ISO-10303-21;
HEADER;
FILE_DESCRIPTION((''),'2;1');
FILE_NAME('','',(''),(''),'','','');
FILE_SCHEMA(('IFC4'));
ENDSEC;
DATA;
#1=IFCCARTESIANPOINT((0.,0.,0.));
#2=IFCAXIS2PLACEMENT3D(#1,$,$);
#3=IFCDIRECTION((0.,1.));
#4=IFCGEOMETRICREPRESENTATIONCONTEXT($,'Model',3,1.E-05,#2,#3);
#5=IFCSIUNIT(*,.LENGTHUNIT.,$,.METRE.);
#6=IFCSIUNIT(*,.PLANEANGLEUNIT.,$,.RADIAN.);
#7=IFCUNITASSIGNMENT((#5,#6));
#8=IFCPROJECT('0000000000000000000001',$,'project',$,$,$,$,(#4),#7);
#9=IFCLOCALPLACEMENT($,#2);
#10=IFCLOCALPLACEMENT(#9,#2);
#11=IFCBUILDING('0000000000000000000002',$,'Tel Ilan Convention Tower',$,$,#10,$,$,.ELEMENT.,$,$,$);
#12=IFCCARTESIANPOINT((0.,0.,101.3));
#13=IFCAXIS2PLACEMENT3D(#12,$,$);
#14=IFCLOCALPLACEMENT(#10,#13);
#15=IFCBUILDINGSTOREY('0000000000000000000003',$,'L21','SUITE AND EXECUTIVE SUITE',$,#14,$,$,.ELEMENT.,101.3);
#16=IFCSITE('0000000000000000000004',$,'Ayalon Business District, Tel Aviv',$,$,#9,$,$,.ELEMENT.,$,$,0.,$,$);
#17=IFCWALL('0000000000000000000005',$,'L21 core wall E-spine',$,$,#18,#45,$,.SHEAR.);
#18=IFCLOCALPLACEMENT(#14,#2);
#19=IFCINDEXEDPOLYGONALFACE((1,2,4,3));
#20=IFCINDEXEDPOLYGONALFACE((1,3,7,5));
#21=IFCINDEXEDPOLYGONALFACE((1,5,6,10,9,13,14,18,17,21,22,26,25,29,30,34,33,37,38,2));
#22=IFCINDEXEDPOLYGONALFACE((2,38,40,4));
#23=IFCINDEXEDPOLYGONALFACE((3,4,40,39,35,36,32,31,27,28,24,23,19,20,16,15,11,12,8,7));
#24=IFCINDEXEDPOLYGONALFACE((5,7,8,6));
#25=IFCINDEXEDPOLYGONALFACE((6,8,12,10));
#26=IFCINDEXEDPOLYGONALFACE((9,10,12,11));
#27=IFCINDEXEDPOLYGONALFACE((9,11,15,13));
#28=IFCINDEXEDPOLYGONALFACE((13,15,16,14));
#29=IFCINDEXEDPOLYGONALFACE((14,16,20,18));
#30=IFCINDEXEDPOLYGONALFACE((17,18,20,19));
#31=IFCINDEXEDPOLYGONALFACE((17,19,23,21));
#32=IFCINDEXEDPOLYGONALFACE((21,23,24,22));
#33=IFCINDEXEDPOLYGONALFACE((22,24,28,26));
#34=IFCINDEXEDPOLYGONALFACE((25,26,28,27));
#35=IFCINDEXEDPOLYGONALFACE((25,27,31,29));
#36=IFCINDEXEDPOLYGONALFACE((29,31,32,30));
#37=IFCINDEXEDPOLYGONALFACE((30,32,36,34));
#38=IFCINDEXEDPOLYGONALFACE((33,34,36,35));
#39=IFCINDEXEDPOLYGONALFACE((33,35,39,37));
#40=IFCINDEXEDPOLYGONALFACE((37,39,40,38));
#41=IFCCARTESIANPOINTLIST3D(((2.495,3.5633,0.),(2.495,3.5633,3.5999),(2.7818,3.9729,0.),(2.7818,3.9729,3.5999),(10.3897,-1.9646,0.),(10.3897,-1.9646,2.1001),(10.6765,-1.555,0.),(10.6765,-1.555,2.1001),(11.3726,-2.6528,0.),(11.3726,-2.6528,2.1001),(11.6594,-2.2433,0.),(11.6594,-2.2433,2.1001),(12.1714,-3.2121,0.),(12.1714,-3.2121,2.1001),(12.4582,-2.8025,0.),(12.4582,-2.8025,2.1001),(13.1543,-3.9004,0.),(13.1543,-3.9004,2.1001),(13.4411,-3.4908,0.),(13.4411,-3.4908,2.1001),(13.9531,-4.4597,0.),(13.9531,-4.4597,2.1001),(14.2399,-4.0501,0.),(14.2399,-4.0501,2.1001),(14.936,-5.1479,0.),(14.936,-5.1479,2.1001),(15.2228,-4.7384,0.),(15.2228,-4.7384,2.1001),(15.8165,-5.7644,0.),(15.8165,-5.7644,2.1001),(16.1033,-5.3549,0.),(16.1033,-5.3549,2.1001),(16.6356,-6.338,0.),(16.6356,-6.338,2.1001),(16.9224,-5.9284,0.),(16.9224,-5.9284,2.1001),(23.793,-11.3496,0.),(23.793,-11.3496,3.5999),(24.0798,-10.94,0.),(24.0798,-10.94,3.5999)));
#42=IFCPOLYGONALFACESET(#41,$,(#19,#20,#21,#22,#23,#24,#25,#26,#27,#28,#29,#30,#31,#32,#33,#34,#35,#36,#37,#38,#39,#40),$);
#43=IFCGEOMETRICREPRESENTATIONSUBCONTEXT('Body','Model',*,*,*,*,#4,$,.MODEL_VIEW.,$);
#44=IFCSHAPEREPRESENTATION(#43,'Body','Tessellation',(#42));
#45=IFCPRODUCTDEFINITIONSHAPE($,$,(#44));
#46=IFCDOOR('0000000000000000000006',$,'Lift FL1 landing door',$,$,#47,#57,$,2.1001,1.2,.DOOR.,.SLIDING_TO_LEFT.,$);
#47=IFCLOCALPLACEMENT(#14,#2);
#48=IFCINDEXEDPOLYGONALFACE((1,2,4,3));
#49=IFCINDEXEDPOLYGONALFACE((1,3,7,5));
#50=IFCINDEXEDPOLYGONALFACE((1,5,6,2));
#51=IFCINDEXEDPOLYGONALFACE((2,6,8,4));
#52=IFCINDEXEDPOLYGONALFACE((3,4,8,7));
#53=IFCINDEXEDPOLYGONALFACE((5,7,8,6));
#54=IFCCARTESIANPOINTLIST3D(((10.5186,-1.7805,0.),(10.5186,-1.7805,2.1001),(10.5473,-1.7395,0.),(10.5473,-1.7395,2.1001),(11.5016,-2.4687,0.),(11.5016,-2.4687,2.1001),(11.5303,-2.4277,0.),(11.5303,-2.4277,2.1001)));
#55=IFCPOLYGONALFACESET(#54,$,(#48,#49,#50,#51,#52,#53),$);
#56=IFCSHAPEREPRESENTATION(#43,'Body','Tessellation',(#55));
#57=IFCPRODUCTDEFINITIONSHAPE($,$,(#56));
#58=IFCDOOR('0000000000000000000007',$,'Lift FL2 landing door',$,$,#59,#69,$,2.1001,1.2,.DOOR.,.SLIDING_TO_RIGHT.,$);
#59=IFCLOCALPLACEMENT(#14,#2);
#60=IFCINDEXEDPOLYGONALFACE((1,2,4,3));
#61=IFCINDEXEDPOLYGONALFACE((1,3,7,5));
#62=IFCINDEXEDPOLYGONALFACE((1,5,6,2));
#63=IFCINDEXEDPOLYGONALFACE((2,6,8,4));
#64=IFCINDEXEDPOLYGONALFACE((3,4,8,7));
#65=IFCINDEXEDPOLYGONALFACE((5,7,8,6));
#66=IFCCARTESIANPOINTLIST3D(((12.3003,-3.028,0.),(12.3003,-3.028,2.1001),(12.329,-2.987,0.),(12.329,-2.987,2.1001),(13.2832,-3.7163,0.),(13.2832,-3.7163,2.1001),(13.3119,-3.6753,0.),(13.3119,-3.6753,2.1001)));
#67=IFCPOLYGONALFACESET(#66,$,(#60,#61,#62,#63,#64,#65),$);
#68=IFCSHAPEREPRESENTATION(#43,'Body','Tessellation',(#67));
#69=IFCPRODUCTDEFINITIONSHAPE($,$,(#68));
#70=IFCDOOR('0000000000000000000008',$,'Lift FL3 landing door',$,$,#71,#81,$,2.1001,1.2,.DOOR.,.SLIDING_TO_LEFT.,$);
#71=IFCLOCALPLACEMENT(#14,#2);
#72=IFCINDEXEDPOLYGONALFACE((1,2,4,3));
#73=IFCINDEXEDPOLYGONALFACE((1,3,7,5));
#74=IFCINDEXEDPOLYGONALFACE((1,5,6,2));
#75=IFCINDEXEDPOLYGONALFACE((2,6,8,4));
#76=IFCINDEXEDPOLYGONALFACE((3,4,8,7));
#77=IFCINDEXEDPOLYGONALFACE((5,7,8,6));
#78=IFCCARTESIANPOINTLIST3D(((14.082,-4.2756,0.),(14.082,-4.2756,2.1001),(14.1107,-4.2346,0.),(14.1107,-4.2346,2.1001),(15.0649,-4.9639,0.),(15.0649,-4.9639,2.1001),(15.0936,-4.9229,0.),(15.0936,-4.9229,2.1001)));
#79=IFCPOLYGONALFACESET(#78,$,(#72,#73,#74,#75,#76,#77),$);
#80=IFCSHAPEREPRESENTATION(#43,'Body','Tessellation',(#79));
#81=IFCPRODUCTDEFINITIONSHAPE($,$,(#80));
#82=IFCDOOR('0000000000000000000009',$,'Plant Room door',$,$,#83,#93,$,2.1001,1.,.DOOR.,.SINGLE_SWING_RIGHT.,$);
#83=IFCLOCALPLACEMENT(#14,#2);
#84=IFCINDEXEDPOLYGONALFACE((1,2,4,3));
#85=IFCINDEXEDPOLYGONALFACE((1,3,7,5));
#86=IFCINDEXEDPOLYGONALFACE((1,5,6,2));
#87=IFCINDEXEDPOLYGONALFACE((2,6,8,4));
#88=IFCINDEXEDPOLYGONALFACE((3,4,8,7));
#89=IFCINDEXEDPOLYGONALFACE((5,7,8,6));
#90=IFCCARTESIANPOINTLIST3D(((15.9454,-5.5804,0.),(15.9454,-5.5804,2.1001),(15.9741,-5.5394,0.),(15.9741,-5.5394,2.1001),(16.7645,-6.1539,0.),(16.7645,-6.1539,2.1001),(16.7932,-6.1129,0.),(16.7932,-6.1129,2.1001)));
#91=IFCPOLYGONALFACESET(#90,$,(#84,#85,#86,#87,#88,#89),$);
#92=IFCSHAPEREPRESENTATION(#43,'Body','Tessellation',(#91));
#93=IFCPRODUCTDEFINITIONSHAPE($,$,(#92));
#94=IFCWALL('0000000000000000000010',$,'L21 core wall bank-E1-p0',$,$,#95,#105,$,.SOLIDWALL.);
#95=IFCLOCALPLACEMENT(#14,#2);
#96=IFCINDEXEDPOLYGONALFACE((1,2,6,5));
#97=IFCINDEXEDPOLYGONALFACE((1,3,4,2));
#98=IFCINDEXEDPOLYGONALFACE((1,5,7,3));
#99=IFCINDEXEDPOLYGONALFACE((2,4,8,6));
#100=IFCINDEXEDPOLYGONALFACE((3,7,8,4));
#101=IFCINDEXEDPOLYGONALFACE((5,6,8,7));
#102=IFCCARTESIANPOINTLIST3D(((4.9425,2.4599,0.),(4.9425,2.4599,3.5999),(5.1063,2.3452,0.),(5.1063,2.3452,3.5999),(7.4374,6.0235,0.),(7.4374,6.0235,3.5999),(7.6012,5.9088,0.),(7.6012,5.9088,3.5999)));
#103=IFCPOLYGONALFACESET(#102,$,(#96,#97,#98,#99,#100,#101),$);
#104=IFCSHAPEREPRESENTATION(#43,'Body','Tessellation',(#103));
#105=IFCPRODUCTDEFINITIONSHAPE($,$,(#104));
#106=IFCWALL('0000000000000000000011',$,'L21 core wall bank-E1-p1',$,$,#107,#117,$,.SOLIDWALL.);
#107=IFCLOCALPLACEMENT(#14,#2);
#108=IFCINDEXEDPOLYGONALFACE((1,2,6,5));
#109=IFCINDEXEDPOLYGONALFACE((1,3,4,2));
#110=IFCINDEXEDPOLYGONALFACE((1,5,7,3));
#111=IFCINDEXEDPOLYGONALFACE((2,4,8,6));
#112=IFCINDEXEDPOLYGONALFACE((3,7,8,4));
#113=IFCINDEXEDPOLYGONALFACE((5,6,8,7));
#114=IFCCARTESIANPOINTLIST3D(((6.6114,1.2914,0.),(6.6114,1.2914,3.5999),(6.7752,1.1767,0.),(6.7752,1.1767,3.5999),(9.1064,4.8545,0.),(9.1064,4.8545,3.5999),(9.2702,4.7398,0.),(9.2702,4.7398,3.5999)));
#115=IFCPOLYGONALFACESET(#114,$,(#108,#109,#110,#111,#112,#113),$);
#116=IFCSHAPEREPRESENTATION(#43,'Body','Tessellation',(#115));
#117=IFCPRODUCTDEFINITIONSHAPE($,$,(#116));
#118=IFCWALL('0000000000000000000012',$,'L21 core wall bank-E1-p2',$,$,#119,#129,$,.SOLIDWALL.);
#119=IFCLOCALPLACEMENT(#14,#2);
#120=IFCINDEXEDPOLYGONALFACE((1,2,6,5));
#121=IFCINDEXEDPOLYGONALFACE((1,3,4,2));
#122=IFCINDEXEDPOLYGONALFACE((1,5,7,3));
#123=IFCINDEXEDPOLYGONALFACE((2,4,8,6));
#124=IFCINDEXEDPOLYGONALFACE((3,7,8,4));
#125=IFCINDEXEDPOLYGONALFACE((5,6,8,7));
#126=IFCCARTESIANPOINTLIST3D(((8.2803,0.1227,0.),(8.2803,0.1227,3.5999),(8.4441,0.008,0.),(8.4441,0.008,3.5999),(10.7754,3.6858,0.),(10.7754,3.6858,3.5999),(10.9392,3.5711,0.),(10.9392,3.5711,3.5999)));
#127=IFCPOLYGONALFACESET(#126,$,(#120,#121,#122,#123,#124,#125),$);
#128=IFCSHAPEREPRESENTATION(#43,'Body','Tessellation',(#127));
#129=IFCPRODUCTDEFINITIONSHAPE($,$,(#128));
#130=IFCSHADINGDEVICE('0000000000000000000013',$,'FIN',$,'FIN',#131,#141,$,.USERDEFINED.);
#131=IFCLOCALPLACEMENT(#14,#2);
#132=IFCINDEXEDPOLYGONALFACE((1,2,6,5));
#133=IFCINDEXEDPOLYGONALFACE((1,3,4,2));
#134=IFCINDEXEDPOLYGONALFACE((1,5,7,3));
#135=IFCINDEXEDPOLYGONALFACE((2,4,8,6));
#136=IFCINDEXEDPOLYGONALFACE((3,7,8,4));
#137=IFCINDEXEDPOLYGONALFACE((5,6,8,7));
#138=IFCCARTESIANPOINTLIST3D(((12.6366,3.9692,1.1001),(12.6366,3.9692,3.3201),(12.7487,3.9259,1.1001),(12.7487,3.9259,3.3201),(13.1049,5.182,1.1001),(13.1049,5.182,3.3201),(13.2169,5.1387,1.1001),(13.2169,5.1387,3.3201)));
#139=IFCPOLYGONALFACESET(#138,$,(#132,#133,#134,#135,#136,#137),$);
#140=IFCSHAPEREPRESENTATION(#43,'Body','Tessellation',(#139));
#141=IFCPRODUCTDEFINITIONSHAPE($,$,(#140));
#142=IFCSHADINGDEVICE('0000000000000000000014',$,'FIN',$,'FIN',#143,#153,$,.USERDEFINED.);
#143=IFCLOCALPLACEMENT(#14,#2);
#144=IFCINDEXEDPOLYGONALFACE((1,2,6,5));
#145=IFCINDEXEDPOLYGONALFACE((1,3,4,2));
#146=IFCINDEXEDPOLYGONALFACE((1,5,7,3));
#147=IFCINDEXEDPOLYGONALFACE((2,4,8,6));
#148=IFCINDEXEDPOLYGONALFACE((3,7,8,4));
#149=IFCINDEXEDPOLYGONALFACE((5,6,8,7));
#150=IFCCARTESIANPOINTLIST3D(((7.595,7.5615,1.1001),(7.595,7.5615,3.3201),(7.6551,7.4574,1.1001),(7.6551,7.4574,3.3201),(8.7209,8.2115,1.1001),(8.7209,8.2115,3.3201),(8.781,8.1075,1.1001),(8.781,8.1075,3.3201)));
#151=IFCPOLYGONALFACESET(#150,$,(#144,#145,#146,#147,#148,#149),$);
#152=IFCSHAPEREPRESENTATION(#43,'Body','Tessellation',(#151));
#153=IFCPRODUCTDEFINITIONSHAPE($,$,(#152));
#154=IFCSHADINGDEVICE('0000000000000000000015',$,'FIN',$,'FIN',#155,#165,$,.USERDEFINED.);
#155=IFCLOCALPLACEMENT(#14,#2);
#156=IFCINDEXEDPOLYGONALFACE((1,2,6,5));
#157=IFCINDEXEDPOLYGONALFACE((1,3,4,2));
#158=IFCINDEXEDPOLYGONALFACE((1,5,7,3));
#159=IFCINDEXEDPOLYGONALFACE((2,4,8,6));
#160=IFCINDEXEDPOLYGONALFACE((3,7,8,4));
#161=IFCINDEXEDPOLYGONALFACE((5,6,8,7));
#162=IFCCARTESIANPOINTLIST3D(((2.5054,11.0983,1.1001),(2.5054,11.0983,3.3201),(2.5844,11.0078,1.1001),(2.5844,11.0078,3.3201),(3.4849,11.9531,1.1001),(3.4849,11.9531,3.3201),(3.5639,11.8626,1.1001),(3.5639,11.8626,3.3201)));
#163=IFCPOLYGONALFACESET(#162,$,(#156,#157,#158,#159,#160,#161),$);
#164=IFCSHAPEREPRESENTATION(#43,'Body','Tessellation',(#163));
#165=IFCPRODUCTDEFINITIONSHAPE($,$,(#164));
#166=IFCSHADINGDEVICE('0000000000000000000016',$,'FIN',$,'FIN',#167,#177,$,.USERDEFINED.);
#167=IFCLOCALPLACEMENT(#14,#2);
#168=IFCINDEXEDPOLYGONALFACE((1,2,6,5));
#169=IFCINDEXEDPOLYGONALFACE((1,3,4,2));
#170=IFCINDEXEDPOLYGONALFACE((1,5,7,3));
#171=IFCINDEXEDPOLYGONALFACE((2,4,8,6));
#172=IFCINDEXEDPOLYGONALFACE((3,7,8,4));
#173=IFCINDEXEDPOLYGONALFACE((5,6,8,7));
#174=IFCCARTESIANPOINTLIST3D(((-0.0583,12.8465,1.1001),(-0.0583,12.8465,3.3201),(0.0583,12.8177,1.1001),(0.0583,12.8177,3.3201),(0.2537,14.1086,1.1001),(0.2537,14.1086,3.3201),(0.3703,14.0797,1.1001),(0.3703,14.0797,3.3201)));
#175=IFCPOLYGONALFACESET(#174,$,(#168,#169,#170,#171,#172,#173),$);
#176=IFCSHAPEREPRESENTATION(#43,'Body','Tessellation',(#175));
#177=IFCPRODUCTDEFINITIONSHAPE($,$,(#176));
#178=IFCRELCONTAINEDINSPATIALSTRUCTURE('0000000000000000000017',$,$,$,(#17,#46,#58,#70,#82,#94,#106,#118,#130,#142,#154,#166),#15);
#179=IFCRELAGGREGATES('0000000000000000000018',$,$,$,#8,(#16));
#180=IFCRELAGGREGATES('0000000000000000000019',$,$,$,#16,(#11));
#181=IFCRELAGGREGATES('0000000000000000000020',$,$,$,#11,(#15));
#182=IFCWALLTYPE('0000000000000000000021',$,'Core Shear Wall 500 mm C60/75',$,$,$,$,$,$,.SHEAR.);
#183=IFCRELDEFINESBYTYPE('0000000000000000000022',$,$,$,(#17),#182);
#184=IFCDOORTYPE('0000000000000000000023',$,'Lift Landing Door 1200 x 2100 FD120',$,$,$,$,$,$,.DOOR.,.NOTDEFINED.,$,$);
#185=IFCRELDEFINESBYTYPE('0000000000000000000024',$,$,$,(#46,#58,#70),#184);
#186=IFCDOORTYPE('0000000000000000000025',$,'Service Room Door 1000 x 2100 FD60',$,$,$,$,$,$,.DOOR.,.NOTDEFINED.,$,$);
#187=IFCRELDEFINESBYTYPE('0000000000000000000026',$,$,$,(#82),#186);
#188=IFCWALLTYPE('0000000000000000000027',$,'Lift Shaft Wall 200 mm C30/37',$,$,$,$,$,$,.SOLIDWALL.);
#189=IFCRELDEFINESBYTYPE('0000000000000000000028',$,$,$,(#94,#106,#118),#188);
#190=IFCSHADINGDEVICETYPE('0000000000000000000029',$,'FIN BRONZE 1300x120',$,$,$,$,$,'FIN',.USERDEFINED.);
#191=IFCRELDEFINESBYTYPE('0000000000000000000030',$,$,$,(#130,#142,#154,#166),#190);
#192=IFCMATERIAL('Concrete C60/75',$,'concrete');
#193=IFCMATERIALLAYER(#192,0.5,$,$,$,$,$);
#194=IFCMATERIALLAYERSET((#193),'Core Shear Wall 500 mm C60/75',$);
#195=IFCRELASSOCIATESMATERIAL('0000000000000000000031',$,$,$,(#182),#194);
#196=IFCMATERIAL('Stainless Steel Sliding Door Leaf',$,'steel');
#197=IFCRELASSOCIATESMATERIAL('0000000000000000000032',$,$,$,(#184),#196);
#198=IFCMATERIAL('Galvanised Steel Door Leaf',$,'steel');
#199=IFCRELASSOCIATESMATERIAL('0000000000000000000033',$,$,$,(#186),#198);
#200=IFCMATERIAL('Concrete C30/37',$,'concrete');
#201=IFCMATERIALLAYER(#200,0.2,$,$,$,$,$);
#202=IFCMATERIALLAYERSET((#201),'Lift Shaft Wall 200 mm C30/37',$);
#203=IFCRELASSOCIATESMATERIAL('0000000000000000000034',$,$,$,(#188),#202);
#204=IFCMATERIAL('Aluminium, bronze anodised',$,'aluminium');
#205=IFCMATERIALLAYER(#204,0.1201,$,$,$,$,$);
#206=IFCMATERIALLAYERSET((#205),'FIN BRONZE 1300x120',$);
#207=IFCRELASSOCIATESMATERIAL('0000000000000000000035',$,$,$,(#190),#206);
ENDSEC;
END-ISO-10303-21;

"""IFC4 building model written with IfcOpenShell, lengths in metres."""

from ifc_helpers import new_model, si_unit, direction, frame, frame_2d, origin, origin_2d, place, context, subcontext, project, spatial, polyline, rectangle, outline, extrude, material, layer, layer_set, type_object, element, fill, save


model = new_model("IFC4")

# Units and contexts
model_context = context("Model", 3, precision=1e-05, world=origin(), true_north=direction((0.0, 1.0)))
body_context = subcontext(model_context, "Body", "Model", "MODEL_VIEW")
ifc_project = project(units=[si_unit("LENGTHUNIT", "METRE"), si_unit("PLANEANGLEUNIT", "RADIAN")], contexts=[model_context])

# Site, building, storey
site_placement = place(None, origin())
site = spatial("IfcSite", under=ifc_project, at=site_placement, Name="Ayalon Business District, Tel Aviv", CompositionType="ELEMENT", RefElevation=0.0)
building_placement = place(site_placement, origin())
building = spatial("IfcBuilding", under=site, at=building_placement, Name="Tel Ilan Convention Tower", CompositionType="ELEMENT")
storey_placement = place(building_placement, frame((0.0, 0.0, 101.3)))
storey = spatial("IfcBuildingStorey", under=building, at=storey_placement, Name="L21", Description="SUITE AND EXECUTIVE SUITE", CompositionType="ELEMENT", Elevation=101.3)

# Wall, openings, doors
ifc_material_1 = material(Name="Concrete C60/75", Category="concrete")
ifc_layer_1 = layer(ifc_material_1, 0.5)
ifc_layer_set_1 = layer_set([ifc_layer_1], Name="Core Shear Wall 500 mm C60/75")
wall_type_1 = type_object("IfcWallType", Name="Core Shear Wall 500 mm C60/75", PredefinedType="SHEAR", material=ifc_layer_set_1)
wall_1_placement = place(storey_placement, frame((2.6384, 3.7681, 0.0), z_axis=(0.0, 0.0, 1.0), x_axis=(0.819149, -0.573581, 0.0)))
wall_1 = element("IfcWall", 1, at=wall_1_placement, inside=storey, type_object=wall_type_1, Name="L21 core wall E-spine", PredefinedType="SHEAR", context=body_context, shape_type="SweptSolid", body=[
    extrude(outline(polyline([(0.0, 0.25), (0.0, -0.25), (26.0, -0.2498), (26.0, 0.2502), (0.0, 0.25)])), origin(), (0.0, 0.0, 1.0), 3.5999),
])
opening_1_placement = place(wall_1_placement, frame((9.6375, 0.0, 0.0)))
opening_1 = element("IfcOpeningElement", 2, at=opening_1_placement, cuts=wall_1, PredefinedType="OPENING", context=body_context, shape_type="SweptSolid", body=[
    extrude(rectangle(XDim=1.2, YDim=2.1001, at=frame_2d((0.6001, 1.05))), frame((0.0, 0.26, 0.0), z_axis=(0.0, -1.0, 0.0), x_axis=(1.0, 0.0, 0.0)), (0.0, 0.0, 1.0), 0.52),
])
opening_2_placement = place(wall_1_placement, frame((11.8125, 0.0, 0.0)))
opening_2 = element("IfcOpeningElement", 3, at=opening_2_placement, cuts=wall_1, PredefinedType="OPENING", context=body_context, shape_type="SweptSolid", body=[
    extrude(rectangle(XDim=1.2, YDim=2.1001, at=frame_2d((0.6001, 1.05))), frame((0.0, 0.26, 0.0), z_axis=(0.0, -1.0, 0.0), x_axis=(1.0, 0.0, 0.0)), (0.0, 0.0, 1.0), 0.52),
])
opening_3_placement = place(wall_1_placement, frame((13.9875, 0.0, 0.0)))
opening_3 = element("IfcOpeningElement", 4, at=opening_3_placement, cuts=wall_1, PredefinedType="OPENING", context=body_context, shape_type="SweptSolid", body=[
    extrude(rectangle(XDim=1.2, YDim=2.1001, at=frame_2d((0.6001, 1.05))), frame((0.0, 0.26, 0.0), z_axis=(0.0, -1.0, 0.0), x_axis=(1.0, 0.0, 0.0)), (0.0, 0.0, 1.0), 0.52),
])
opening_4_placement = place(wall_1_placement, frame((16.2625, 0.0, 0.0)))
opening_4 = element("IfcOpeningElement", 5, at=opening_4_placement, cuts=wall_1, PredefinedType="OPENING", context=body_context, shape_type="SweptSolid", body=[
    extrude(rectangle(XDim=1.0, YDim=2.1001, at=frame_2d((0.5, 1.05))), frame((0.0, 0.26, 0.0), z_axis=(0.0, -1.0, 0.0), x_axis=(1.0, 0.0, 0.0)), (0.0, 0.0, 1.0), 0.52),
])
ifc_material_2 = material(Name="Stainless Steel Sliding Door Leaf", Category="steel")
door_type_1 = type_object("IfcDoorType", Name="Lift Landing Door 1200 x 2100 FD120", OperationType="NOTDEFINED", PredefinedType="DOOR", material=ifc_material_2)
door_1_placement = place(opening_1_placement, origin())
door_1 = element("IfcDoor", 6, at=door_1_placement, inside=storey, type_object=door_type_1, Name="Lift FL1 landing door", OperationType="SLIDING_TO_LEFT", OverallHeight=2.1001, OverallWidth=1.2, PredefinedType="DOOR", context=body_context, shape_type="SweptSolid", body=[
    extrude(rectangle(XDim=1.2, YDim=2.1001, at=frame_2d((0.6001, 1.05))), frame((0.0, 0.0249, 0.0), z_axis=(0.0, -1.0, 0.0), x_axis=(1.0, 0.0, 0.0)), (0.0, 0.0, 1.0), 0.05),
])
fill(opening_1, door_1)
door_2_placement = place(opening_2_placement, origin())
door_2 = element("IfcDoor", 7, at=door_2_placement, inside=storey, type_object=door_type_1, Name="Lift FL2 landing door", OperationType="SLIDING_TO_RIGHT", OverallHeight=2.1001, OverallWidth=1.2, PredefinedType="DOOR", context=body_context, shape_type="SweptSolid", body=[
    extrude(rectangle(XDim=1.2, YDim=2.1001, at=frame_2d((0.6001, 1.05))), frame((0.0, 0.0249, 0.0), z_axis=(0.0, -1.0, 0.0), x_axis=(1.0, 0.0, 0.0)), (0.0, 0.0, 1.0), 0.05),
])
fill(opening_2, door_2)
door_3_placement = place(opening_3_placement, origin())
door_3 = element("IfcDoor", 8, at=door_3_placement, inside=storey, type_object=door_type_1, Name="Lift FL3 landing door", OperationType="SLIDING_TO_LEFT", OverallHeight=2.1001, OverallWidth=1.2, PredefinedType="DOOR", context=body_context, shape_type="SweptSolid", body=[
    extrude(rectangle(XDim=1.2, YDim=2.1001, at=frame_2d((0.6001, 1.05))), frame((0.0, 0.0249, 0.0), z_axis=(0.0, -1.0, 0.0), x_axis=(1.0, 0.0, 0.0)), (0.0, 0.0, 1.0), 0.05),
])
fill(opening_3, door_3)
ifc_material_3 = material(Name="Galvanised Steel Door Leaf", Category="steel")
door_type_2 = type_object("IfcDoorType", Name="Service Room Door 1000 x 2100 FD60", OperationType="NOTDEFINED", PredefinedType="DOOR", material=ifc_material_3)
door_4_placement = place(opening_4_placement, origin())
door_4 = element("IfcDoor", 9, at=door_4_placement, inside=storey, type_object=door_type_2, Name="Plant Room door", OperationType="SINGLE_SWING_RIGHT", OverallHeight=2.1001, OverallWidth=1.0, PredefinedType="DOOR", context=body_context, shape_type="SweptSolid", body=[
    extrude(rectangle(XDim=1.0, YDim=2.1001, at=frame_2d((0.5, 1.05))), frame((0.0, 0.0249, 0.0), z_axis=(0.0, -1.0, 0.0), x_axis=(1.0, 0.0, 0.0)), (0.0, 0.0, 1.0), 0.05),
])
fill(opening_4, door_4)

# Walls
ifc_material_4 = material(Name="Concrete C30/37", Category="concrete")
ifc_layer_2 = layer(ifc_material_4, 0.2)
ifc_layer_set_2 = layer_set([ifc_layer_2], Name="Lift Shaft Wall 200 mm C30/37")
wall_type_2 = type_object("IfcWallType", Name="Lift Shaft Wall 200 mm C30/37", PredefinedType="SOLIDWALL", material=ifc_layer_set_2)
wall_2_placement = place(storey_placement, frame((5.0244, 2.4026, 0.0), z_axis=(0.0, 0.0, 1.0), x_axis=(0.57353, 0.819184, 0.0)))
element("IfcWall", 10, at=wall_2_placement, inside=storey, type_object=wall_type_2, Name="L21 core wall bank-E1-p0", PredefinedType="SOLIDWALL", context=body_context, shape_type="SweptSolid", body=[
    extrude(rectangle(XDim=4.3501, YDim=0.2, at=frame_2d((2.175, 0.0))), origin(), (0.0, 0.0, 1.0), 3.5999),
])
for number, where, z_axis, x_axis, name in (
    (11, (6.6934, 1.2341, 0.0), (0.0, 0.0, 1.0), (0.573594, 0.81914, 0.0), "L21 core wall bank-E1-p1"),
    (12, (8.3623, 0.0654, 0.0), (0.0, 0.0, 1.0), (0.573594, 0.81914, 0.0), "L21 core wall bank-E1-p2"),
):
    element("IfcWall", number, at=place(storey_placement, frame(where, z_axis=z_axis, x_axis=x_axis)), inside=storey, type_object=wall_type_2, Name=name, PredefinedType="SOLIDWALL", context=body_context, shape_type="SweptSolid", body=[
        extrude(rectangle(XDim=4.3499, YDim=0.2, at=frame_2d((2.1748, 0.0))), origin(), (0.0, 0.0, 1.0), 3.5999),
    ])

# Shading devices
ifc_material_5 = material(Name="Aluminium, bronze anodised", Category="aluminium")
ifc_layer_3 = layer(ifc_material_5, 0.1201)
ifc_layer_set_3 = layer_set([ifc_layer_3], Name="FIN BRONZE 1300x120")
shading_device_type_1 = type_object("IfcShadingDeviceType", Name="FIN BRONZE 1300x120", ElementType="FIN", PredefinedType="USERDEFINED", material=ifc_layer_set_3)
for number, where, z_axis, x_axis, name in (
    (13, (12.9268, 4.554, 1.1001), (0.0, 0.0, 1.0), (0.360178, 0.932884, 0.0), "FIN"),
    (14, (8.188, 7.8345, 1.1001), (0.0, 0.0, 1.0), (0.866025, 0.5, 0.0), "FIN"),
    (15, (3.0347, 11.4805, 1.1001), (0.0, 0.0, 1.0), (0.753436, 0.657521, 0.0), "FIN"),
    (16, (0.156, 13.4631, 1.1001), (0.0, 0.0, 1.0), (0.24004, 0.970763, 0.0), "FIN"),
):
    element("IfcShadingDevice", number, at=place(storey_placement, frame(where, z_axis=z_axis, x_axis=x_axis)), inside=storey, type_object=shading_device_type_1, Name=name, ObjectType="FIN", PredefinedType="USERDEFINED", context=body_context, shape_type="SweptSolid", body=[
        extrude(rectangle(XDim=1.3, YDim=0.1201, at=origin_2d()), origin(), (0.0, 0.0, 1.0), 2.22),
    ])

save(model, "model.ifc")
